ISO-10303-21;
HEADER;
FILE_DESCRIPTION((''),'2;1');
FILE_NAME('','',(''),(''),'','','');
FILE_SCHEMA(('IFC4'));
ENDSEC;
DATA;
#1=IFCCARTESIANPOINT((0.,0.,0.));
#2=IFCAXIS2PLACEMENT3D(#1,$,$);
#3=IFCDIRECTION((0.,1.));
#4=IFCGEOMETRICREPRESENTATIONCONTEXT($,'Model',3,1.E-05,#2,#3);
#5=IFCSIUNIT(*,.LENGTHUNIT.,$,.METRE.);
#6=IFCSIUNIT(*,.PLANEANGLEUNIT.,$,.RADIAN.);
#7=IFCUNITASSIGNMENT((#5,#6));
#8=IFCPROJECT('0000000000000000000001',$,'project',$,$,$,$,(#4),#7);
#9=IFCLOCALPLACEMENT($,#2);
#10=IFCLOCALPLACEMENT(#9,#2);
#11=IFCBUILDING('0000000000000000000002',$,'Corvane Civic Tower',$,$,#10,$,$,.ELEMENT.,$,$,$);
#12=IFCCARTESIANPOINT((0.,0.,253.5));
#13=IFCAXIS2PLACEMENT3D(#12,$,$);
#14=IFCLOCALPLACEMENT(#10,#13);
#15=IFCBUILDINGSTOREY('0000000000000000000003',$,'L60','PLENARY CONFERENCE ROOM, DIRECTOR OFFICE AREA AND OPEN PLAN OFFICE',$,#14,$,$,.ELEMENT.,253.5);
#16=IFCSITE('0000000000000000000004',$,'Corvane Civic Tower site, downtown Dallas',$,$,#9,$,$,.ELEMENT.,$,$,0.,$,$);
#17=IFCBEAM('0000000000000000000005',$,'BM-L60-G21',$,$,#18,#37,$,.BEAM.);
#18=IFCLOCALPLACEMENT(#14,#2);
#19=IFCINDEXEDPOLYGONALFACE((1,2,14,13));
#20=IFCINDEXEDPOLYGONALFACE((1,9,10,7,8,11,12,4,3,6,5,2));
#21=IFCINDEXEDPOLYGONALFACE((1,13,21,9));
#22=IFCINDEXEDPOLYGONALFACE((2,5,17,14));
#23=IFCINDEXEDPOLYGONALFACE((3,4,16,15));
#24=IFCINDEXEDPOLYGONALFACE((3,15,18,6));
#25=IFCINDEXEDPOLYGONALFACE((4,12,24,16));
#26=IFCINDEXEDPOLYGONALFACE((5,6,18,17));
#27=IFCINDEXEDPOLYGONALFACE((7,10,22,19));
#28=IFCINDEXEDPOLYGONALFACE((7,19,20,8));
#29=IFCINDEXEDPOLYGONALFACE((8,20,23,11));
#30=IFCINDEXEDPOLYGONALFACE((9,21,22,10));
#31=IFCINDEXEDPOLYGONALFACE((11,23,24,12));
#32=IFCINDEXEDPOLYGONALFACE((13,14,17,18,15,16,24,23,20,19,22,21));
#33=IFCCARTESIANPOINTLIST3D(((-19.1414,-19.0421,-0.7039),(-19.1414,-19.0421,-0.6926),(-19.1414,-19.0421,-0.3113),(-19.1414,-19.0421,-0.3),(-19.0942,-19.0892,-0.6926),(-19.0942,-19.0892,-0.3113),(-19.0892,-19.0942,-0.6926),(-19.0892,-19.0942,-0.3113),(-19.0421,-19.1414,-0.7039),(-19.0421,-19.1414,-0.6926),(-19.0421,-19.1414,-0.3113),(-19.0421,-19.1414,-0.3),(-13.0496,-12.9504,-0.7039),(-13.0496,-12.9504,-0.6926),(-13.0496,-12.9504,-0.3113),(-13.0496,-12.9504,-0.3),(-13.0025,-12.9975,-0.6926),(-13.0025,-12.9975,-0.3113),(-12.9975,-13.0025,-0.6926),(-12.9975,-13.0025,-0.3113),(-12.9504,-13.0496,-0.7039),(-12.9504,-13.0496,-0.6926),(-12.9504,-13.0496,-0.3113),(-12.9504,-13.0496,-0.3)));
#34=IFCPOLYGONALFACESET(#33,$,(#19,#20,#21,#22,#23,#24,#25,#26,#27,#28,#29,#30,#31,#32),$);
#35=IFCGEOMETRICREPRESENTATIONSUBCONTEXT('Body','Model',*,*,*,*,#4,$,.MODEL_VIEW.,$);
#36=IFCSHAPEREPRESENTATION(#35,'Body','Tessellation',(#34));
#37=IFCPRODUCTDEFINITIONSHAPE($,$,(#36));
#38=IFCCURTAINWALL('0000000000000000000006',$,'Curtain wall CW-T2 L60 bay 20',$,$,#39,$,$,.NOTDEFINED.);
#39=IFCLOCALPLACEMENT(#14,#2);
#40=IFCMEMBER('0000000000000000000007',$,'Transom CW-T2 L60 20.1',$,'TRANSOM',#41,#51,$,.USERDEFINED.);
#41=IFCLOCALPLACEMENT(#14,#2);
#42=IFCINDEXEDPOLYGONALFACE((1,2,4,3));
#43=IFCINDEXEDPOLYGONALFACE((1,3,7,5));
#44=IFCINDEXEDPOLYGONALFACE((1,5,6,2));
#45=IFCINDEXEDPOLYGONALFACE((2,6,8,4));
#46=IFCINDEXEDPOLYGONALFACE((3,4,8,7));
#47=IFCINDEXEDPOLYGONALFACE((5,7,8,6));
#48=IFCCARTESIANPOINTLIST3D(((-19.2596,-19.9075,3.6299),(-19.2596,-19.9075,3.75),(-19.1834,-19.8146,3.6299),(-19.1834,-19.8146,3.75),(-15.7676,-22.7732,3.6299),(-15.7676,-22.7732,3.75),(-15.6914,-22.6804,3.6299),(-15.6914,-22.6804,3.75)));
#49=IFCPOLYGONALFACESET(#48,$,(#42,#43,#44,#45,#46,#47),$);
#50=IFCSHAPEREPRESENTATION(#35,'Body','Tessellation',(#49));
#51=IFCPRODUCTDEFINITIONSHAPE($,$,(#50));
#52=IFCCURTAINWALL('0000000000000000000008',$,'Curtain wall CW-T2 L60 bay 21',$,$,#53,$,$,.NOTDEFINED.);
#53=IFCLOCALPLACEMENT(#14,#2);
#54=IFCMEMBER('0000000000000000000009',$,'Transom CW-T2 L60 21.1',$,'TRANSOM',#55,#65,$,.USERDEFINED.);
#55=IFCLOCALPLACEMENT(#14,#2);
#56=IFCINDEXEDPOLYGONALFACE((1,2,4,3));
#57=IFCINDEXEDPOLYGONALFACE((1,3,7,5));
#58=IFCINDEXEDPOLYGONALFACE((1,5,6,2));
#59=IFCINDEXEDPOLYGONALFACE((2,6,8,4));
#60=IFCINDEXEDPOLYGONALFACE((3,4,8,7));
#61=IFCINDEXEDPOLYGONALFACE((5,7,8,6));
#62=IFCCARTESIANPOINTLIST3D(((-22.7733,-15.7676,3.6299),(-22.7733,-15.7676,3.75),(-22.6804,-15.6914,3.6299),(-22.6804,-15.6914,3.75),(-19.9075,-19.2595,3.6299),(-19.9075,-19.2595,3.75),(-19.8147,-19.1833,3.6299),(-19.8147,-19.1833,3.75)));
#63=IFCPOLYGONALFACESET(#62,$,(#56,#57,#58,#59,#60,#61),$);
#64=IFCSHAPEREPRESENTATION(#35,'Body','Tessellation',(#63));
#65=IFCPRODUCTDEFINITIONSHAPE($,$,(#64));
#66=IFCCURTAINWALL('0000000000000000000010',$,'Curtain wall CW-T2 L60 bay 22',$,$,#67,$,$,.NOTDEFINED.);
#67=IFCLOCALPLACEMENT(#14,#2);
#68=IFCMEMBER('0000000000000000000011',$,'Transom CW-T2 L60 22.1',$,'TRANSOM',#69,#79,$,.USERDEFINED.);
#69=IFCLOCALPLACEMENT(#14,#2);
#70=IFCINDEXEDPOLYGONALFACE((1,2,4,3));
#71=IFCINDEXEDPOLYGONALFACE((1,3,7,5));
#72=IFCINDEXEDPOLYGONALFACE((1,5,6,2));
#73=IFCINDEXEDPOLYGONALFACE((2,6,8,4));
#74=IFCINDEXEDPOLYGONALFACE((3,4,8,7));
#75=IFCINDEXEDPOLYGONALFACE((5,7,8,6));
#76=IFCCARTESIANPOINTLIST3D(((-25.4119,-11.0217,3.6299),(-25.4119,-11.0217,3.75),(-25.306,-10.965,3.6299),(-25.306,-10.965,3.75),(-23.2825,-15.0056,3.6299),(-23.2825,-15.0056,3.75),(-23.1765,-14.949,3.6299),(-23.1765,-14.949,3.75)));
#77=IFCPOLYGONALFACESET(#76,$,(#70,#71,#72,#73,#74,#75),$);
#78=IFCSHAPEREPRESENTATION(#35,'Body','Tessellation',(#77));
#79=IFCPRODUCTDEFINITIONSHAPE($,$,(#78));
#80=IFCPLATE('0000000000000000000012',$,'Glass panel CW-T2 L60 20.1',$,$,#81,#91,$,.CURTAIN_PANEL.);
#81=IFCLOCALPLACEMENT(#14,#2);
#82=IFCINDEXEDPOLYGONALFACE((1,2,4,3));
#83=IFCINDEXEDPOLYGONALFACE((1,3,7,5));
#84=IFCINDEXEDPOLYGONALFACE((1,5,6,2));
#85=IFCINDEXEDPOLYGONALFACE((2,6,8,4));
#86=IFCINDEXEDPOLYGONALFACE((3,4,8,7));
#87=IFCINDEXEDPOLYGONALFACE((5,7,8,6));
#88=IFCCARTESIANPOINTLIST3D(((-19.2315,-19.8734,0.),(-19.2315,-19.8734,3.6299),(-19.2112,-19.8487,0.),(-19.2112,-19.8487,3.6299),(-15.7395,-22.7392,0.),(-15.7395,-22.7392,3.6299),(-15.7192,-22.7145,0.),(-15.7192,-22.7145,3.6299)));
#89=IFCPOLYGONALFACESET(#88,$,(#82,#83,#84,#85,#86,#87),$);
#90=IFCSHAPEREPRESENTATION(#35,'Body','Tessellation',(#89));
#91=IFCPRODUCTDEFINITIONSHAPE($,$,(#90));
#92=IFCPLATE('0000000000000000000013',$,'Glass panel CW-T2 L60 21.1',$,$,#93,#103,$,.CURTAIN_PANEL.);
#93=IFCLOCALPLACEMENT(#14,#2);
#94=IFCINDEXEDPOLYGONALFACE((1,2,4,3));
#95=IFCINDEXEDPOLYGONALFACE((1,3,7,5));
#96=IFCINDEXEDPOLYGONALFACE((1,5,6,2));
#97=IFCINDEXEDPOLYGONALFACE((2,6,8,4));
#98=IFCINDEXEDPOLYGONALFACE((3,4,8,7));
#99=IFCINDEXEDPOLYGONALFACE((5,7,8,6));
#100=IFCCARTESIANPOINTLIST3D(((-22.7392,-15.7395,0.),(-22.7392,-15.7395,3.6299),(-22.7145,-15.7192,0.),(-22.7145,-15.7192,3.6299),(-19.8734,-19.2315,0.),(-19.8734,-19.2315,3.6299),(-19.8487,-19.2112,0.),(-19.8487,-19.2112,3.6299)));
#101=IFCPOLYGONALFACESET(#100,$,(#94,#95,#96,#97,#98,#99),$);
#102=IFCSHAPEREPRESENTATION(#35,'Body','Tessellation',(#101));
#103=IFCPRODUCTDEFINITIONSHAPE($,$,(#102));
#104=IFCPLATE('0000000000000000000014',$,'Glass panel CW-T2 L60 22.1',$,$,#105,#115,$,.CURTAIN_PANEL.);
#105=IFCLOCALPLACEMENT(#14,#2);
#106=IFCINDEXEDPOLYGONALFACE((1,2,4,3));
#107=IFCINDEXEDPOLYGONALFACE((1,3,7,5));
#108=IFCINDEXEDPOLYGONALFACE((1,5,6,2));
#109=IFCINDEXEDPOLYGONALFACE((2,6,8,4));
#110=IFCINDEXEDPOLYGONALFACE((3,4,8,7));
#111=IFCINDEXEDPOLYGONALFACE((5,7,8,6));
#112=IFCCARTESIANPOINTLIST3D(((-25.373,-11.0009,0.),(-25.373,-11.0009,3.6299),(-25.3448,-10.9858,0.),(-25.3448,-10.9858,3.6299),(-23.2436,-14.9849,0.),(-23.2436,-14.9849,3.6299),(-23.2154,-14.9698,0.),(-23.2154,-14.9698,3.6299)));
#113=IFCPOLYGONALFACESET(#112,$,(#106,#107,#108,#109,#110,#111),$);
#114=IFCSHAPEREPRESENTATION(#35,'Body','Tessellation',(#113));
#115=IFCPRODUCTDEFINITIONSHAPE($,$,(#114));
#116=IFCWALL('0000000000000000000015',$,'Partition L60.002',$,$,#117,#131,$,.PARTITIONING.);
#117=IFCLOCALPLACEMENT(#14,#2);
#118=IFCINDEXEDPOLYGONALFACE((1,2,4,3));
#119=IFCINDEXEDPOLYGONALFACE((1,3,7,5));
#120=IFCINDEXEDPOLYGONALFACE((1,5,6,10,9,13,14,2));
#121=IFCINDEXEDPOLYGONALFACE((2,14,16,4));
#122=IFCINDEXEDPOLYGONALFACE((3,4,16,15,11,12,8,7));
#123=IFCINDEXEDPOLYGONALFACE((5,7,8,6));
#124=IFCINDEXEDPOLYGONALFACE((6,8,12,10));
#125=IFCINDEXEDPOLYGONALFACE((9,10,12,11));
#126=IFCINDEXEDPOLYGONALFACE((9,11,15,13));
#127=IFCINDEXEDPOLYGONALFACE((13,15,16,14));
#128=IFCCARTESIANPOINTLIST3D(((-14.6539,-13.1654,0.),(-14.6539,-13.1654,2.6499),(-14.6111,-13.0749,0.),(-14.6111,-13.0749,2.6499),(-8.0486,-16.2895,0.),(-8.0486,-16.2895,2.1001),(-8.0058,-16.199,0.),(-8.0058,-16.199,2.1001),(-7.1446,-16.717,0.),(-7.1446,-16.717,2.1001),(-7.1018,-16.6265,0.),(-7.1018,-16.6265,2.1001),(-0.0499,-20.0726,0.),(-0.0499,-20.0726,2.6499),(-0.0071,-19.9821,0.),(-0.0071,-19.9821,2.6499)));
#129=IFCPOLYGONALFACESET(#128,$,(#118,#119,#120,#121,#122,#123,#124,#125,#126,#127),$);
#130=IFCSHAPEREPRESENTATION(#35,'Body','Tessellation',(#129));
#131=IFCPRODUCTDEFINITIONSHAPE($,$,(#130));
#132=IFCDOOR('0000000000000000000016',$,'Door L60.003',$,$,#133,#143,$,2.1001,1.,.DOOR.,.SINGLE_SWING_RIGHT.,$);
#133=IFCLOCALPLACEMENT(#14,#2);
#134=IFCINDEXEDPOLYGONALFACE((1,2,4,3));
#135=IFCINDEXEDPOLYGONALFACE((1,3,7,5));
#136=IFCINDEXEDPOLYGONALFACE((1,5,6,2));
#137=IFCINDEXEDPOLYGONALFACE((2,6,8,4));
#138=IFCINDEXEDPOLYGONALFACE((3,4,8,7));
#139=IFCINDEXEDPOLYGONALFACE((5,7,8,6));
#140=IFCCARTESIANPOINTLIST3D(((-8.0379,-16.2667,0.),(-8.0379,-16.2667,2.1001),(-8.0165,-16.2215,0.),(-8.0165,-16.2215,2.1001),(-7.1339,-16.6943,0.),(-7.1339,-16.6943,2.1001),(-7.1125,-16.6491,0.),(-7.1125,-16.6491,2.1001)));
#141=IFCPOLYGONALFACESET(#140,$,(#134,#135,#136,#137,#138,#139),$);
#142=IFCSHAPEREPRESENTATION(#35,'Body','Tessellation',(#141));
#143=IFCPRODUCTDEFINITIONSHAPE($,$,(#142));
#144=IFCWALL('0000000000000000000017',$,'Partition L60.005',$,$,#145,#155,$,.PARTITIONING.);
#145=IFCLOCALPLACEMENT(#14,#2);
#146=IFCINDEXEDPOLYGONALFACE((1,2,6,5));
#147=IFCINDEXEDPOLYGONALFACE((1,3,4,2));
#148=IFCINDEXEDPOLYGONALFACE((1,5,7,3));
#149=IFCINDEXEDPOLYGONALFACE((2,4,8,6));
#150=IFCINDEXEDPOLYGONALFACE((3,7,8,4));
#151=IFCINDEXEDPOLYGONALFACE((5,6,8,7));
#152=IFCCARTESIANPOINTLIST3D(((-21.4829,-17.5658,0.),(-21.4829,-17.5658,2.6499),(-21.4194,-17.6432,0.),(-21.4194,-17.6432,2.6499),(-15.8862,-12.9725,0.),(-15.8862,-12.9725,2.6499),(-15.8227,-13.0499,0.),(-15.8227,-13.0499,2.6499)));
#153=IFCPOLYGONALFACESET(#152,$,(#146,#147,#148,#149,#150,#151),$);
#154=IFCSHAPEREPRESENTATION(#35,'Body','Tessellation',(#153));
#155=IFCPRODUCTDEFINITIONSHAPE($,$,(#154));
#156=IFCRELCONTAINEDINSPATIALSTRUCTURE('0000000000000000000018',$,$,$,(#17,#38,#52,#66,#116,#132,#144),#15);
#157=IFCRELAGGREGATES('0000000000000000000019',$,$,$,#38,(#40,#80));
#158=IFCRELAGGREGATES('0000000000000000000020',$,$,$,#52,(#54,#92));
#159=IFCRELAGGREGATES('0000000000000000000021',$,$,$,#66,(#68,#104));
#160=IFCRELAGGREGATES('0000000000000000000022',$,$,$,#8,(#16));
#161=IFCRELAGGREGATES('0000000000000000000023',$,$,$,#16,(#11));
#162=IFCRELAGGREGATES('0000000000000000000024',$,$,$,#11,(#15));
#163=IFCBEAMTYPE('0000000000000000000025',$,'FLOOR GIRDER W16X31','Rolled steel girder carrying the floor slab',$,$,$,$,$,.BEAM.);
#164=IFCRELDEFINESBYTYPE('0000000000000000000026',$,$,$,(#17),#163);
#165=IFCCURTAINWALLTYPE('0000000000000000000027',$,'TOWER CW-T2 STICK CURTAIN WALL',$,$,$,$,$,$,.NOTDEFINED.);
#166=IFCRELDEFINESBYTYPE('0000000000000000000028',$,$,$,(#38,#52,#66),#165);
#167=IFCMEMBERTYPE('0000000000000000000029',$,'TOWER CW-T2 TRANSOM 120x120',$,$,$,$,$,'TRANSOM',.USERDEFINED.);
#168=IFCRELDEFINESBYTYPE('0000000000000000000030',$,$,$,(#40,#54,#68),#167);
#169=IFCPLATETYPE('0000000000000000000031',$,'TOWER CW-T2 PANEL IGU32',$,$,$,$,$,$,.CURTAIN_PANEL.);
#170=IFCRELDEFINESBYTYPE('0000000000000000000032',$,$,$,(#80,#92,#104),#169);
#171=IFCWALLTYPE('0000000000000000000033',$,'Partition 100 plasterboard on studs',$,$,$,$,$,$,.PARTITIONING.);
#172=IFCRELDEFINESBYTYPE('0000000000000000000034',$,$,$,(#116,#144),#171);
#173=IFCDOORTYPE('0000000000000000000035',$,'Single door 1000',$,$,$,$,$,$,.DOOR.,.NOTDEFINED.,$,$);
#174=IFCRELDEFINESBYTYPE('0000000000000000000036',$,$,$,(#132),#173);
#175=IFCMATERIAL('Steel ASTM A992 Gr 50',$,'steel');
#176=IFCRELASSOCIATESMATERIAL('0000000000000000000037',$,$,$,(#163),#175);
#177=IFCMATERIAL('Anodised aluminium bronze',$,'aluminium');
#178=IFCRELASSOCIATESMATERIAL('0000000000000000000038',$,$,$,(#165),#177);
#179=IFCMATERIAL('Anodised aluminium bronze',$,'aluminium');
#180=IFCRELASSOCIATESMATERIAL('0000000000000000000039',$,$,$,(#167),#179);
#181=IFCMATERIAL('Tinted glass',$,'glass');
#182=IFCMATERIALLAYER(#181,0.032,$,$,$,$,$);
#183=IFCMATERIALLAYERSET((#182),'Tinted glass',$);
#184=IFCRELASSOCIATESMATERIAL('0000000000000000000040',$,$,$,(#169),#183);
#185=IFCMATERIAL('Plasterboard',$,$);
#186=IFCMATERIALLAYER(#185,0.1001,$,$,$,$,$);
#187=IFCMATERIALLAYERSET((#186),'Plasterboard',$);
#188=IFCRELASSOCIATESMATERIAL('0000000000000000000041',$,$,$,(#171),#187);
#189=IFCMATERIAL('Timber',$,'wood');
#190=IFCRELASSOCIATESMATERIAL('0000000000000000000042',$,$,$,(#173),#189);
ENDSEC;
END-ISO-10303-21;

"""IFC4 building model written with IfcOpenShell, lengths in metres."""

from ifc_helpers import new_model, si_unit, direction, frame, frame_2d, origin, origin_2d, place, context, subcontext, project, spatial, rectangle, i_section, extrude, material, layer, layer_set, material_profile, profile_set, type_object, element, fill, aggregate, save


model = new_model("IFC4")

# Units and contexts
model_context = context("Model", 3, precision=1e-05, world=origin(), true_north=direction((0.0, 1.0)))
body_context = subcontext(model_context, "Body", "Model", "MODEL_VIEW")
ifc_project = project(units=[si_unit("LENGTHUNIT", "METRE"), si_unit("PLANEANGLEUNIT", "RADIAN")], contexts=[model_context])

# Site, building, storey
site_placement = place(None, origin())
site = spatial("IfcSite", under=ifc_project, at=site_placement, Name="Corvane Civic Tower site, downtown Dallas", CompositionType="ELEMENT", RefElevation=0.0)
building_placement = place(site_placement, origin())
building = spatial("IfcBuilding", under=site, at=building_placement, Name="Corvane Civic Tower", CompositionType="ELEMENT")
storey_placement = place(building_placement, frame((0.0, 0.0, 253.5)))
storey = spatial("IfcBuildingStorey", under=building, at=storey_placement, Name="L60", Description="PLENARY CONFERENCE ROOM, DIRECTOR OFFICE AREA AND OPEN PLAN OFFICE", CompositionType="ELEMENT", Elevation=253.5)

# Beam
ifc_material_1 = material(Name="Steel ASTM A992 Gr 50", Category="steel")
ifc_material_profile_1 = material_profile(ifc_material_1, i_section(OverallWidth=0.1404, OverallDepth=0.4038, WebThickness=0.0071, FlangeThickness=0.0112, at=origin_2d()), Name="W16X31")
ifc_profile_set_1 = profile_set([ifc_material_profile_1], Name="Steel ASTM A992 Gr 50")
beam_type_1 = type_object("IfcBeamType", Name="FLOOR GIRDER W16X31", Description="Rolled steel girder carrying the floor slab", PredefinedType="BEAM", material=ifc_profile_set_1)
beam_placement = place(storey_placement, frame((-13.0, -13.0, -0.502), z_axis=(-0.707107, -0.707107, 0.0), x_axis=(0.707107, -0.707107, 0.0)))
element("IfcBeam", 1, at=beam_placement, inside=storey, type_object=beam_type_1, Name="BM-L60-G21", PredefinedType="BEAM", context=body_context, shape_type="SweptSolid", body=[
    extrude(i_section(OverallWidth=0.1404, OverallDepth=0.4038, WebThickness=0.0071, FlangeThickness=0.0112, at=origin_2d()), origin(), (0.0, 0.0, 1.0), 8.615),
])

# Curtain walls, members
ifc_material_2 = material(Name="Anodised aluminium bronze", Category="aluminium")
curtain_wall_type = type_object("IfcCurtainWallType", Name="TOWER CW-T2 STICK CURTAIN WALL", PredefinedType="NOTDEFINED", material=ifc_material_2)
curtain_wall_1_placement = place(storey_placement, origin())
curtain_wall_1 = element("IfcCurtainWall", 2, at=curtain_wall_1_placement, inside=storey, type_object=curtain_wall_type, Name="Curtain wall CW-T2 L60 bay 20", PredefinedType="NOTDEFINED")
ifc_material_3 = material(Name="Anodised aluminium bronze", Category="aluminium")
ifc_material_profile_2 = material_profile(ifc_material_3, rectangle(XDim=0.1201, YDim=0.1201, at=origin_2d()), Name="TOWER CW-T2 TRANSOM 120x120")
ifc_profile_set_2 = profile_set([ifc_material_profile_2], Name="Anodised aluminium bronze")
member_type = type_object("IfcMemberType", Name="TOWER CW-T2 TRANSOM 120x120", ElementType="TRANSOM", PredefinedType="USERDEFINED", material=ifc_profile_set_2)
member_1_placement = place(storey_placement, frame((-15.7295, -22.7268, 3.6899), z_axis=(-0.773015, 0.634388, 0.0), x_axis=(-0.634388, -0.773015, 0.0)))
member_1 = element("IfcMember", 3, at=member_1_placement, type_object=member_type, Name="Transom CW-T2 L60 20.1", ObjectType="TRANSOM", PredefinedType="USERDEFINED", context=body_context, shape_type="SweptSolid", body=[
    extrude(rectangle(XDim=0.1201, YDim=0.1201, at=origin_2d()), origin(), (0.0, 0.0, 1.0), 4.5173),
])
curtain_wall_2_placement = place(storey_placement, origin())
curtain_wall_2 = element("IfcCurtainWall", 4, at=curtain_wall_2_placement, inside=storey, type_object=curtain_wall_type, Name="Curtain wall CW-T2 L60 bay 21", PredefinedType="NOTDEFINED")
member_2_placement = place(storey_placement, frame((-19.8611, -19.2214, 3.6899), z_axis=(-0.634388, 0.773015, 0.0), x_axis=(-0.773015, -0.634388, 0.0)))
member_2 = element("IfcMember", 5, at=member_2_placement, type_object=member_type, Name="Transom CW-T2 L60 21.1", ObjectType="TRANSOM", PredefinedType="USERDEFINED", context=body_context, shape_type="SweptSolid", body=[
    extrude(rectangle(XDim=0.1201, YDim=0.1201, at=origin_2d()), origin(), (0.0, 0.0, 1.0), 4.5173),
])
curtain_wall_3_placement = place(storey_placement, origin())
curtain_wall_3 = element("IfcCurtainWall", 6, at=curtain_wall_3_placement, inside=storey, type_object=curtain_wall_type, Name="Curtain wall CW-T2 L60 bay 22", PredefinedType="NOTDEFINED")
member_3_placement = place(storey_placement, frame((-23.2295, -14.9773, 3.6899), z_axis=(-0.47139, 0.881925, 0.0), x_axis=(-0.881925, -0.47139, 0.0)))
member_3 = element("IfcMember", 7, at=member_3_placement, type_object=member_type, Name="Transom CW-T2 L60 22.1", ObjectType="TRANSOM", PredefinedType="USERDEFINED", context=body_context, shape_type="SweptSolid", body=[
    extrude(rectangle(XDim=0.1201, YDim=0.1201, at=origin_2d()), origin(), (0.0, 0.0, 1.0), 4.5173),
])

# Plates
ifc_material_4 = material(Name="Tinted glass", Category="glass")
ifc_layer_1 = layer(ifc_material_4, 0.032)
ifc_layer_set_1 = layer_set([ifc_layer_1], Name="Tinted glass")
plate_type = type_object("IfcPlateType", Name="TOWER CW-T2 PANEL IGU32", PredefinedType="CURTAIN_PANEL", material=ifc_layer_set_1)
plate_1_placement = place(storey_placement, frame((-17.4753, -21.2939, 0.0), z_axis=(0.0, 0.0, 1.0), x_axis=(-0.773012, 0.634391, 0.0)))
plate_1 = element("IfcPlate", 8, at=plate_1_placement, type_object=plate_type, Name="Glass panel CW-T2 L60 20.1", PredefinedType="CURTAIN_PANEL", context=body_context, shape_type="SweptSolid", body=[
    extrude(rectangle(XDim=4.5173, YDim=0.032, at=origin_2d()), origin(), (0.0, 0.0, 1.0), 3.6299),
])
aggregate(curtain_wall_1, [member_1, plate_1])
plate_2_placement = place(storey_placement, frame((-21.2939, -17.4753, 0.0), z_axis=(0.0, 0.0, 1.0), x_axis=(-0.634391, 0.773012, 0.0)))
plate_2 = element("IfcPlate", 9, at=plate_2_placement, type_object=plate_type, Name="Glass panel CW-T2 L60 21.1", PredefinedType="CURTAIN_PANEL", context=body_context, shape_type="SweptSolid", body=[
    extrude(rectangle(XDim=4.5173, YDim=0.032, at=origin_2d()), origin(), (0.0, 0.0, 1.0), 3.6299),
])
aggregate(curtain_wall_2, [member_2, plate_2])
plate_3_placement = place(storey_placement, frame((-24.2942, -12.9854, 0.0), z_axis=(0.0, 0.0, 1.0), x_axis=(-0.471398, 0.88192, 0.0)))
plate_3 = element("IfcPlate", 10, at=plate_3_placement, type_object=plate_type, Name="Glass panel CW-T2 L60 22.1", PredefinedType="CURTAIN_PANEL", context=body_context, shape_type="SweptSolid", body=[
    extrude(rectangle(XDim=4.5173, YDim=0.032, at=origin_2d()), origin(), (0.0, 0.0, 1.0), 3.6299),
])
aggregate(curtain_wall_3, [member_3, plate_3])

# Wall, opening, door
ifc_material_5 = material(Name="Plasterboard")
ifc_layer_2 = layer(ifc_material_5, 0.1001)
ifc_layer_set_2 = layer_set([ifc_layer_2], Name="Plasterboard")
wall_type_1 = type_object("IfcWallType", Name="Partition 100 plasterboard on studs", PredefinedType="PARTITIONING", material=ifc_layer_set_2)
wall_1_placement = place(storey_placement, frame((-14.6326, -13.1201, 0.0), z_axis=(0.0, 0.0, 1.0), x_axis=(0.903988, -0.427557, 0.0)))
wall_1 = element("IfcWall", 11, at=wall_1_placement, inside=storey, type_object=wall_type_1, Name="Partition L60.002", PredefinedType="PARTITIONING", context=body_context, shape_type="SweptSolid", body=[
    extrude(rectangle(XDim=16.155, YDim=0.1001, at=frame_2d((8.0776, 0.0))), origin(), (0.0, 0.0, 1.0), 2.6499),
])
opening_1_placement = place(wall_1_placement, frame((7.3069, 0.0, 0.0)))
opening_1 = element("IfcOpeningElement", 12, at=opening_1_placement, cuts=wall_1, PredefinedType="OPENING", context=body_context, shape_type="SweptSolid", body=[
    extrude(rectangle(XDim=1.0, YDim=2.1001, at=frame_2d((0.5, 1.05))), frame((0.0, 0.0601, 0.0), z_axis=(0.0, -1.0, 0.0), x_axis=(1.0, 0.0, 0.0)), (0.0, 0.0, 1.0), 0.1201),
])
ifc_material_6 = material(Name="Timber", Category="wood")
door_type_1 = type_object("IfcDoorType", Name="Single door 1000", OperationType="NOTDEFINED", PredefinedType="DOOR", material=ifc_material_6)
door_1_placement = place(opening_1_placement, frame((1.0, 0.0, 0.0), z_axis=(0.0, 0.0, 1.0), x_axis=(-1.0, 0.0, 0.0)))
door_1 = element("IfcDoor", 13, at=door_1_placement, inside=storey, type_object=door_type_1, Name="Door L60.003", OperationType="SINGLE_SWING_RIGHT", OverallHeight=2.1001, OverallWidth=1.0, PredefinedType="DOOR", context=body_context, shape_type="SweptSolid", body=[
    extrude(rectangle(XDim=1.0, YDim=2.1001, at=frame_2d((0.5, 1.05))), frame((0.0, 0.0249, 0.0), z_axis=(0.0, -1.0, 0.0), x_axis=(1.0, 0.0, 0.0)), (0.0, 0.0, 1.0), 0.05),
])
fill(opening_1, door_1)

# Wall
wall_2_placement = place(storey_placement, frame((-21.4512, -17.6045, 0.0), z_axis=(0.0, 0.0, 1.0), x_axis=(0.772998, 0.634409, 0.0)))
element("IfcWall", 14, at=wall_2_placement, inside=storey, type_object=wall_type_1, Name="Partition L60.005", PredefinedType="PARTITIONING", context=body_context, shape_type="SweptSolid", body=[
    extrude(rectangle(XDim=7.2402, YDim=0.1001, at=frame_2d((3.6201, 0.0))), origin(), (0.0, 0.0, 1.0), 2.6499),
])

save(model, "model.ifc")
